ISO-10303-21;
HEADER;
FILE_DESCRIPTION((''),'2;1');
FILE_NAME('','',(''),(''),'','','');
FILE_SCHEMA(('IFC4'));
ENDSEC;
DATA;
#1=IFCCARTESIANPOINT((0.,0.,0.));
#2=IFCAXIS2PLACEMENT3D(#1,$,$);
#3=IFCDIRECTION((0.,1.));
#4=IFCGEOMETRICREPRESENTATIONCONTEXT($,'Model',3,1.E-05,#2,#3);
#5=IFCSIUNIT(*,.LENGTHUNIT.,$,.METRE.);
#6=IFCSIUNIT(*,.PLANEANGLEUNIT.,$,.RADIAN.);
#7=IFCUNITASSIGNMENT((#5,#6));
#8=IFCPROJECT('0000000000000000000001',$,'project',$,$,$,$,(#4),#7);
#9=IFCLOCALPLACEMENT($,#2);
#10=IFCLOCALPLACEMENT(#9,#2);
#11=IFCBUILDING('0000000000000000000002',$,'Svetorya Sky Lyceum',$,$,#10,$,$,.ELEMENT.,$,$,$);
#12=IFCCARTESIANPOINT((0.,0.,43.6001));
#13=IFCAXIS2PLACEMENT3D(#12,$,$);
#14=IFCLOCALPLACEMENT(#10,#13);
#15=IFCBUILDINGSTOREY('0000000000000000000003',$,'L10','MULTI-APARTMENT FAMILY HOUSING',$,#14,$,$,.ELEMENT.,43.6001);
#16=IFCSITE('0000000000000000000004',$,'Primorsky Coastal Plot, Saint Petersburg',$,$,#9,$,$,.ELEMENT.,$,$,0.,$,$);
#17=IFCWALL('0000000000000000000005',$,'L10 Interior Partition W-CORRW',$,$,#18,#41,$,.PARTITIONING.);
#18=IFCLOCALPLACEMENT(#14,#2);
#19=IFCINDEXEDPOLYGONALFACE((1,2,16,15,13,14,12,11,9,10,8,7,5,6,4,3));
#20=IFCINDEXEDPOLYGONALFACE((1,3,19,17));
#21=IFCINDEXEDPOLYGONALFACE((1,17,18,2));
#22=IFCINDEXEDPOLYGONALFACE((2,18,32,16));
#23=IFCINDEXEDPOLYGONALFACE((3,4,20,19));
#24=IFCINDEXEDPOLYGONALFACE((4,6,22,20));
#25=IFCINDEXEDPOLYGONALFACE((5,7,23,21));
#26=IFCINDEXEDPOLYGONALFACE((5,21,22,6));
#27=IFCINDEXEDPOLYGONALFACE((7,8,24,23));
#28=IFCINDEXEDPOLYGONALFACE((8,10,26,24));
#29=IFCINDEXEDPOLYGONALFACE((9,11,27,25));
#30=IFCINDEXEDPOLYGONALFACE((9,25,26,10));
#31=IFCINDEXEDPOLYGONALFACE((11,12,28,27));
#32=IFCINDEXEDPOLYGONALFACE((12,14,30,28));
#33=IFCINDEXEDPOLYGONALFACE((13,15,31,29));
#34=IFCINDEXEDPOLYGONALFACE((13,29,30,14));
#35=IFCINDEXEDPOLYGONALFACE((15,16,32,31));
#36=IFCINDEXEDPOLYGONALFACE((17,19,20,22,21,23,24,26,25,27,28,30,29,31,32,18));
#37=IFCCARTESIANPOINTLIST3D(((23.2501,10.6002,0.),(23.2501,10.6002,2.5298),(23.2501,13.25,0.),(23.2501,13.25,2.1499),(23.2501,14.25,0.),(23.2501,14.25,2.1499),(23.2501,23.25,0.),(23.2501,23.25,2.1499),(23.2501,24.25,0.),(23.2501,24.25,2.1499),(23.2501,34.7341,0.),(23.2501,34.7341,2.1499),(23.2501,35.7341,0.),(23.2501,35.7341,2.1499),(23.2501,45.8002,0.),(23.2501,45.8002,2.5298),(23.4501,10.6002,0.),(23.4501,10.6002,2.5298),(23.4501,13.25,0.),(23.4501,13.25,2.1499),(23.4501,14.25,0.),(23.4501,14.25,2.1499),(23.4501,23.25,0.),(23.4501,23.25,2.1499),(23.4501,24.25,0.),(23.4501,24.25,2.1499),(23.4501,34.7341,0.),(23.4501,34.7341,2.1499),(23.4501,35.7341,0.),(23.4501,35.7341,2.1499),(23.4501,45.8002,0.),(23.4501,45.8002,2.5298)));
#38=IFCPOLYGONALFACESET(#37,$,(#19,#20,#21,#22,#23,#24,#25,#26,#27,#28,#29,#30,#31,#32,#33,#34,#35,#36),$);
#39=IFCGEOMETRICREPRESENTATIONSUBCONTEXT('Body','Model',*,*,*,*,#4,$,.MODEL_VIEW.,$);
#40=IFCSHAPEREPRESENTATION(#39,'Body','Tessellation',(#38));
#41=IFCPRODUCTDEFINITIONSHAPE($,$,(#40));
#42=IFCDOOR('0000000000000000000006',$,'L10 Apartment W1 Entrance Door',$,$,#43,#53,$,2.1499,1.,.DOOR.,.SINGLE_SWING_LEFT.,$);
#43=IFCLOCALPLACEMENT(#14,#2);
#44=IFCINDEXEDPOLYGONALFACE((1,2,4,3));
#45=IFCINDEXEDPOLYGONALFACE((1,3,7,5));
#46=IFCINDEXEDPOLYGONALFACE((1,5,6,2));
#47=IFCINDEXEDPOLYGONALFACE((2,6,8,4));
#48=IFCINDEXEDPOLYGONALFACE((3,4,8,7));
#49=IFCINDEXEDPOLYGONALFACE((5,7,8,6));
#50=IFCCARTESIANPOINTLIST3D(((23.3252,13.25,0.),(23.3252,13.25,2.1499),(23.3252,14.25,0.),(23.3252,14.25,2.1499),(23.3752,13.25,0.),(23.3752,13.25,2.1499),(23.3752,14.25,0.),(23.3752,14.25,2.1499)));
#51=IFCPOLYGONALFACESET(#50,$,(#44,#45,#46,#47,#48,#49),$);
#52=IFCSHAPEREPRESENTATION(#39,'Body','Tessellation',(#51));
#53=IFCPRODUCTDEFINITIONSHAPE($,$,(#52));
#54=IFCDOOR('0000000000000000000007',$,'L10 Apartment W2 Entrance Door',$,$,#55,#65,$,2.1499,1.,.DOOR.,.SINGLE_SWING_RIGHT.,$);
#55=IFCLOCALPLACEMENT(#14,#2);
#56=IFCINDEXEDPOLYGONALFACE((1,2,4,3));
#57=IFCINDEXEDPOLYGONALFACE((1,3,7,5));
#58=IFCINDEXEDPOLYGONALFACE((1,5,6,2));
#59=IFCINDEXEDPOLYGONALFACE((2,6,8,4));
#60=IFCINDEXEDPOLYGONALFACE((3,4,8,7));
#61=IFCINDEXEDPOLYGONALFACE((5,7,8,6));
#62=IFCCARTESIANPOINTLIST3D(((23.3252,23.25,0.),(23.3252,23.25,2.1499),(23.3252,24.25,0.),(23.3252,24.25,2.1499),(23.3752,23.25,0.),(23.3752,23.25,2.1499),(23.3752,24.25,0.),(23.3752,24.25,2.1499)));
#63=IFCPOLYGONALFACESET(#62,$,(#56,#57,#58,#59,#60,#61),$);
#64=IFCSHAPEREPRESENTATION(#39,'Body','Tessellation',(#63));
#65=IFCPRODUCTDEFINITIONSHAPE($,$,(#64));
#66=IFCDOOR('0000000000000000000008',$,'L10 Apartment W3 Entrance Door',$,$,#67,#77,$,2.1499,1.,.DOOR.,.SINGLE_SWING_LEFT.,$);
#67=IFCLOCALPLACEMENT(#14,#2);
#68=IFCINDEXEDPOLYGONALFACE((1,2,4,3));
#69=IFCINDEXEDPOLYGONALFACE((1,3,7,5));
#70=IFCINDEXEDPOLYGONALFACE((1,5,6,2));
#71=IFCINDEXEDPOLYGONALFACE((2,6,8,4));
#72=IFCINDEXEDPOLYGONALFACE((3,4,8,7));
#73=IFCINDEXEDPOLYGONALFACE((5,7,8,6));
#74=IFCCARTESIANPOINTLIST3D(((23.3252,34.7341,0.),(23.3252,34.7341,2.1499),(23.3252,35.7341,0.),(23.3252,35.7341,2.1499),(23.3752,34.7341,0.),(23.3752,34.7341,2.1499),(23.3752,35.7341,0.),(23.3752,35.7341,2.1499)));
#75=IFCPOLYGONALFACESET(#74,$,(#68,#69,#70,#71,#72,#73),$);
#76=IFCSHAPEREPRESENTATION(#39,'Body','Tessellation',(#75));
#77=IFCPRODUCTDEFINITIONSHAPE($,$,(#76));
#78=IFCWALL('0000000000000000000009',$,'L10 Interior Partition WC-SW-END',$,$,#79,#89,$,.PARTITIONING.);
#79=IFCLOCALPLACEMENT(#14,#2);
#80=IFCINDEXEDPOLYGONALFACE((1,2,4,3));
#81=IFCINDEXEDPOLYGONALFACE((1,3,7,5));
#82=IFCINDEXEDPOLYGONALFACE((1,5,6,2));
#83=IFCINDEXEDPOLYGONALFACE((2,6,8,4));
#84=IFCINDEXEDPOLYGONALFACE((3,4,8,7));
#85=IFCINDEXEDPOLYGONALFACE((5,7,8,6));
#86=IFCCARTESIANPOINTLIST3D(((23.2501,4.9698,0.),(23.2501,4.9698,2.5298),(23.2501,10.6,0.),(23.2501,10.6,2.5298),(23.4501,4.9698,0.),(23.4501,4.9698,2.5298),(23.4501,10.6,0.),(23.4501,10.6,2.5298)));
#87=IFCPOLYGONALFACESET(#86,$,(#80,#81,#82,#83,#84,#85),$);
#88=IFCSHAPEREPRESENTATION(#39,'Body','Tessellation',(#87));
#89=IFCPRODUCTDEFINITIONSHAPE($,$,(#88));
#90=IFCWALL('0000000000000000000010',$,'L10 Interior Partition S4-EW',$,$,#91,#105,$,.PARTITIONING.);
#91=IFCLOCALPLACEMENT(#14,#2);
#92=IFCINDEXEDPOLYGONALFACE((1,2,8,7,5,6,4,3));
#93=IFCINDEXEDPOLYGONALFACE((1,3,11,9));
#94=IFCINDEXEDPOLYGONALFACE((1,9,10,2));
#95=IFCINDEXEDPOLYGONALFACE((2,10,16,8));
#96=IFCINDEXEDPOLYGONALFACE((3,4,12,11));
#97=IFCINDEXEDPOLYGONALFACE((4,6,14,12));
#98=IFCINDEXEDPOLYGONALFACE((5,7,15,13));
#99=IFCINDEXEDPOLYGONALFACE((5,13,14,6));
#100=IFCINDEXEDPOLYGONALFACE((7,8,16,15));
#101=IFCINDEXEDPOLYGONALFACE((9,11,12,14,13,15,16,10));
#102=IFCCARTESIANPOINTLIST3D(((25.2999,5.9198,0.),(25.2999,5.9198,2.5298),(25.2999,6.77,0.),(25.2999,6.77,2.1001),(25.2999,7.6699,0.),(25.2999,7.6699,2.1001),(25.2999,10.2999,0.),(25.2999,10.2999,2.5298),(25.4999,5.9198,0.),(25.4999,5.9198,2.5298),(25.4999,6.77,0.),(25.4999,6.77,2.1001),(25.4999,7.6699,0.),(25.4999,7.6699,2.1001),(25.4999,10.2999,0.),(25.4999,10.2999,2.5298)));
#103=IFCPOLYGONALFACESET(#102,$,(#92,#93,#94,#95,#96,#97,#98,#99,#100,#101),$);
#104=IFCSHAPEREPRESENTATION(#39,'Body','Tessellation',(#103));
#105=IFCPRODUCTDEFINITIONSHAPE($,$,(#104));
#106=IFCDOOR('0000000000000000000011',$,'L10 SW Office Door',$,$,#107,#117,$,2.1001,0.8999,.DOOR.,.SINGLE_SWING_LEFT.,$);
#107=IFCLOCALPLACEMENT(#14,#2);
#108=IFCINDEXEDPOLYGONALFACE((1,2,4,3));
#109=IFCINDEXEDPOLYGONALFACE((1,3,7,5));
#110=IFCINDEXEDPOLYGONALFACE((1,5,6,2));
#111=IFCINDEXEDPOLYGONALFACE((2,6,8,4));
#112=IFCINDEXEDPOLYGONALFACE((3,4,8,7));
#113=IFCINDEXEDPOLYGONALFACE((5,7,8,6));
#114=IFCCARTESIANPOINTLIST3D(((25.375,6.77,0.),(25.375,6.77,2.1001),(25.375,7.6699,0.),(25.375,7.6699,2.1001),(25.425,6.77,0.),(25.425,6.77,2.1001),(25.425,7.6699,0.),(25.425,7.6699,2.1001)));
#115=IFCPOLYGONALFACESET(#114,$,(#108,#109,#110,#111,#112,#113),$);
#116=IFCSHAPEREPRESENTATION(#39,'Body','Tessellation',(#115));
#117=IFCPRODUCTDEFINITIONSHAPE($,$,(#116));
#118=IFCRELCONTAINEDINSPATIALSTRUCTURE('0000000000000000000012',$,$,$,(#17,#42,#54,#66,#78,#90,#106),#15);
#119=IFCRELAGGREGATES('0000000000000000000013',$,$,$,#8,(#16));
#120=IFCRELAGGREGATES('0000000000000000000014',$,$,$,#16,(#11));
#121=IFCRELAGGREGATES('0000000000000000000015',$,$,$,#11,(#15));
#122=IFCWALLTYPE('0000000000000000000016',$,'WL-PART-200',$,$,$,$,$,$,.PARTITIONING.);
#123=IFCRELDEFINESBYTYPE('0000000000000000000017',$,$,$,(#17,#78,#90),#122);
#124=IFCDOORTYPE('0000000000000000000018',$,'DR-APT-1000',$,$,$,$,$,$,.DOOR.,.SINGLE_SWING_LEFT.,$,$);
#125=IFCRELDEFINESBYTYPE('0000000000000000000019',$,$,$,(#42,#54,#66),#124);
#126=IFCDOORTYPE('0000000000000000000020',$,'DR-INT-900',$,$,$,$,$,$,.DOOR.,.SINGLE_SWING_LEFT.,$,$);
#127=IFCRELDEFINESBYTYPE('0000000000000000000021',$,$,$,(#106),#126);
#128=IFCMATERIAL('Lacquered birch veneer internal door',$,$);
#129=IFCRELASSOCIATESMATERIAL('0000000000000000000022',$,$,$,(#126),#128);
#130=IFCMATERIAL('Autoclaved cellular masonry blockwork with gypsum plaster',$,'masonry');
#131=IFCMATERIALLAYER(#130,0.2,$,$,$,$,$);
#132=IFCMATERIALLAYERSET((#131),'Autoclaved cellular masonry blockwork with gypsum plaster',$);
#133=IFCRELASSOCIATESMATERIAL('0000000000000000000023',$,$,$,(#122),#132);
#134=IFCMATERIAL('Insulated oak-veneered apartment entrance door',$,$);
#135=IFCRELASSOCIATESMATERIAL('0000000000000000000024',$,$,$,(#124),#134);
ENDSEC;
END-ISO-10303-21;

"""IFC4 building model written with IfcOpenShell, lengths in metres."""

from ifc_helpers import new_model, si_unit, direction, frame, frame_2d, origin, place, context, subcontext, project, spatial, rectangle, extrude, material, layer, layer_set, type_object, element, fill, save


model = new_model("IFC4")

# Units and contexts
model_context = context("Model", 3, precision=1e-05, world=origin(), true_north=direction((0.0, 1.0)))
body_context = subcontext(model_context, "Body", "Model", "MODEL_VIEW")
ifc_project = project(units=[si_unit("LENGTHUNIT", "METRE"), si_unit("PLANEANGLEUNIT", "RADIAN")], contexts=[model_context])

# Site, building, storey
site_placement = place(None, origin())
site = spatial("IfcSite", under=ifc_project, at=site_placement, Name="Primorsky Coastal Plot, Saint Petersburg", CompositionType="ELEMENT", RefElevation=0.0)
building_placement = place(site_placement, origin())
building = spatial("IfcBuilding", under=site, at=building_placement, Name="Svetorya Sky Lyceum", CompositionType="ELEMENT")
storey_placement = place(building_placement, frame((0.0, 0.0, 43.6001)))
storey = spatial("IfcBuildingStorey", under=building, at=storey_placement, Name="L10", Description="MULTI-APARTMENT FAMILY HOUSING", CompositionType="ELEMENT", Elevation=43.6001)

# Shared definitions
ifc_material_1 = material(Name="Lacquered birch veneer internal door")
door_type_1 = type_object("IfcDoorType", Name="DR-INT-900", OperationType="SINGLE_SWING_LEFT", PredefinedType="DOOR", material=ifc_material_1)

# Shared definitions
ifc_material_2 = material(Name="Autoclaved cellular masonry blockwork with gypsum plaster", Category="masonry")
ifc_layer_1 = layer(ifc_material_2, 0.2)
ifc_layer_set_1 = layer_set([ifc_layer_1], Name="Autoclaved cellular masonry blockwork with gypsum plaster")
wall_type_1 = type_object("IfcWallType", Name="WL-PART-200", PredefinedType="PARTITIONING", material=ifc_layer_set_1)

# Wall, openings, doors
wall_1_placement = place(storey_placement, frame((23.3501, 10.6001, 0.0), z_axis=(0.0, 0.0, 1.0), x_axis=(0.0, 1.0, 0.0)))
wall_1 = element("IfcWall", 1, at=wall_1_placement, inside=storey, type_object=wall_type_1, Name="L10 Interior Partition W-CORRW", PredefinedType="PARTITIONING", context=body_context, shape_type="SweptSolid", body=[
    extrude(rectangle(XDim=35.2, YDim=0.2, at=frame_2d((17.6001, 0.0))), origin(), (0.0, 0.0, 1.0), 2.5298),
])
opening_1_placement = place(wall_1_placement, frame((2.6499, 0.0, 0.0)))
opening_1 = element("IfcOpeningElement", 2, at=opening_1_placement, cuts=wall_1, PredefinedType="OPENING", context=body_context, shape_type="SweptSolid", body=[
    extrude(rectangle(XDim=1.0, YDim=2.1499, at=frame_2d((0.5, 1.075))), frame((0.0, 0.1099, 0.0), z_axis=(0.0, -1.0, 0.0), x_axis=(1.0, 0.0, 0.0)), (0.0, 0.0, 1.0), 0.22),
])
opening_2_placement = place(wall_1_placement, frame((12.6499, 0.0, 0.0)))
opening_2 = element("IfcOpeningElement", 3, at=opening_2_placement, cuts=wall_1, PredefinedType="OPENING", context=body_context, shape_type="SweptSolid", body=[
    extrude(rectangle(XDim=1.0, YDim=2.1499, at=frame_2d((0.5, 1.075))), frame((0.0, 0.1099, 0.0), z_axis=(0.0, -1.0, 0.0), x_axis=(1.0, 0.0, 0.0)), (0.0, 0.0, 1.0), 0.22),
])
opening_3_placement = place(wall_1_placement, frame((24.134, 0.0, 0.0)))
opening_3 = element("IfcOpeningElement", 4, at=opening_3_placement, cuts=wall_1, PredefinedType="OPENING", context=body_context, shape_type="SweptSolid", body=[
    extrude(rectangle(XDim=1.0, YDim=2.1499, at=frame_2d((0.5, 1.075))), frame((0.0, 0.1099, 0.0), z_axis=(0.0, -1.0, 0.0), x_axis=(1.0, 0.0, 0.0)), (0.0, 0.0, 1.0), 0.22),
])
ifc_material_3 = material(Name="Insulated oak-veneered apartment entrance door")
door_type_2 = type_object("IfcDoorType", Name="DR-APT-1000", OperationType="SINGLE_SWING_LEFT", PredefinedType="DOOR", material=ifc_material_3)
door_1_placement = place(opening_1_placement, origin())
door_1 = element("IfcDoor", 5, at=door_1_placement, inside=storey, type_object=door_type_2, Name="L10 Apartment W1 Entrance Door", OperationType="SINGLE_SWING_LEFT", OverallHeight=2.1499, OverallWidth=1.0, PredefinedType="DOOR", context=body_context, shape_type="SweptSolid", body=[
    extrude(rectangle(XDim=1.0, YDim=2.1499, at=frame_2d((0.5, 1.075))), frame((0.0, 0.0249, 0.0), z_axis=(0.0, -1.0, 0.0), x_axis=(1.0, 0.0, 0.0)), (0.0, 0.0, 1.0), 0.05),
])
fill(opening_1, door_1)
door_2_placement = place(opening_2_placement, origin())
door_2 = element("IfcDoor", 6, at=door_2_placement, inside=storey, type_object=door_type_2, Name="L10 Apartment W2 Entrance Door", OperationType="SINGLE_SWING_RIGHT", OverallHeight=2.1499, OverallWidth=1.0, PredefinedType="DOOR", context=body_context, shape_type="SweptSolid", body=[
    extrude(rectangle(XDim=1.0, YDim=2.1499, at=frame_2d((0.5, 1.075))), frame((0.0, 0.0249, 0.0), z_axis=(0.0, -1.0, 0.0), x_axis=(1.0, 0.0, 0.0)), (0.0, 0.0, 1.0), 0.05),
])
fill(opening_2, door_2)
door_3_placement = place(opening_3_placement, origin())
door_3 = element("IfcDoor", 7, at=door_3_placement, inside=storey, type_object=door_type_2, Name="L10 Apartment W3 Entrance Door", OperationType="SINGLE_SWING_LEFT", OverallHeight=2.1499, OverallWidth=1.0, PredefinedType="DOOR", context=body_context, shape_type="SweptSolid", body=[
    extrude(rectangle(XDim=1.0, YDim=2.1499, at=frame_2d((0.5, 1.075))), frame((0.0, 0.0249, 0.0), z_axis=(0.0, -1.0, 0.0), x_axis=(1.0, 0.0, 0.0)), (0.0, 0.0, 1.0), 0.05),
])
fill(opening_3, door_3)

# Wall
wall_2_placement = place(storey_placement, frame((23.3501, 4.97, 0.0), z_axis=(0.0, 0.0, 1.0), x_axis=(0.0, 1.0, 0.0)))
element("IfcWall", 8, at=wall_2_placement, inside=storey, type_object=wall_type_1, Name="L10 Interior Partition WC-SW-END", PredefinedType="PARTITIONING", context=body_context, shape_type="SweptSolid", body=[
    extrude(rectangle(XDim=5.6301, YDim=0.2, at=frame_2d((2.8149, 0.0))), origin(), (0.0, 0.0, 1.0), 2.5298),
])

# Wall, opening, door
wall_3_placement = place(storey_placement, frame((25.3999, 5.9199, 0.0), z_axis=(0.0, 0.0, 1.0), x_axis=(0.0, 1.0, 0.0)))
wall_3 = element("IfcWall", 9, at=wall_3_placement, inside=storey, type_object=wall_type_1, Name="L10 Interior Partition S4-EW", PredefinedType="PARTITIONING", context=body_context, shape_type="SweptSolid", body=[
    extrude(rectangle(XDim=4.3801, YDim=0.2, at=frame_2d((2.1899, 0.0))), origin(), (0.0, 0.0, 1.0), 2.5298),
])
opening_4_placement = place(wall_3_placement, frame((0.8501, 0.0, 0.0)))
opening_4 = element("IfcOpeningElement", 10, at=opening_4_placement, cuts=wall_3, PredefinedType="OPENING", context=body_context, shape_type="SweptSolid", body=[
    extrude(rectangle(XDim=0.8999, YDim=2.1001, at=frame_2d((0.45, 1.05))), frame((0.0, 0.1099, 0.0), z_axis=(0.0, -1.0, 0.0), x_axis=(1.0, 0.0, 0.0)), (0.0, 0.0, 1.0), 0.22),
])
door_4_placement = place(opening_4_placement, origin())
door_4 = element("IfcDoor", 11, at=door_4_placement, inside=storey, type_object=door_type_1, Name="L10 SW Office Door", OperationType="SINGLE_SWING_LEFT", OverallHeight=2.1001, OverallWidth=0.8999, PredefinedType="DOOR", context=body_context, shape_type="SweptSolid", body=[
    extrude(rectangle(XDim=0.8999, YDim=2.1001, at=frame_2d((0.45, 1.05))), frame((0.0, 0.0249, 0.0), z_axis=(0.0, -1.0, 0.0), x_axis=(1.0, 0.0, 0.0)), (0.0, 0.0, 1.0), 0.05),
])
fill(opening_4, door_4)

save(model, "model.ifc")
